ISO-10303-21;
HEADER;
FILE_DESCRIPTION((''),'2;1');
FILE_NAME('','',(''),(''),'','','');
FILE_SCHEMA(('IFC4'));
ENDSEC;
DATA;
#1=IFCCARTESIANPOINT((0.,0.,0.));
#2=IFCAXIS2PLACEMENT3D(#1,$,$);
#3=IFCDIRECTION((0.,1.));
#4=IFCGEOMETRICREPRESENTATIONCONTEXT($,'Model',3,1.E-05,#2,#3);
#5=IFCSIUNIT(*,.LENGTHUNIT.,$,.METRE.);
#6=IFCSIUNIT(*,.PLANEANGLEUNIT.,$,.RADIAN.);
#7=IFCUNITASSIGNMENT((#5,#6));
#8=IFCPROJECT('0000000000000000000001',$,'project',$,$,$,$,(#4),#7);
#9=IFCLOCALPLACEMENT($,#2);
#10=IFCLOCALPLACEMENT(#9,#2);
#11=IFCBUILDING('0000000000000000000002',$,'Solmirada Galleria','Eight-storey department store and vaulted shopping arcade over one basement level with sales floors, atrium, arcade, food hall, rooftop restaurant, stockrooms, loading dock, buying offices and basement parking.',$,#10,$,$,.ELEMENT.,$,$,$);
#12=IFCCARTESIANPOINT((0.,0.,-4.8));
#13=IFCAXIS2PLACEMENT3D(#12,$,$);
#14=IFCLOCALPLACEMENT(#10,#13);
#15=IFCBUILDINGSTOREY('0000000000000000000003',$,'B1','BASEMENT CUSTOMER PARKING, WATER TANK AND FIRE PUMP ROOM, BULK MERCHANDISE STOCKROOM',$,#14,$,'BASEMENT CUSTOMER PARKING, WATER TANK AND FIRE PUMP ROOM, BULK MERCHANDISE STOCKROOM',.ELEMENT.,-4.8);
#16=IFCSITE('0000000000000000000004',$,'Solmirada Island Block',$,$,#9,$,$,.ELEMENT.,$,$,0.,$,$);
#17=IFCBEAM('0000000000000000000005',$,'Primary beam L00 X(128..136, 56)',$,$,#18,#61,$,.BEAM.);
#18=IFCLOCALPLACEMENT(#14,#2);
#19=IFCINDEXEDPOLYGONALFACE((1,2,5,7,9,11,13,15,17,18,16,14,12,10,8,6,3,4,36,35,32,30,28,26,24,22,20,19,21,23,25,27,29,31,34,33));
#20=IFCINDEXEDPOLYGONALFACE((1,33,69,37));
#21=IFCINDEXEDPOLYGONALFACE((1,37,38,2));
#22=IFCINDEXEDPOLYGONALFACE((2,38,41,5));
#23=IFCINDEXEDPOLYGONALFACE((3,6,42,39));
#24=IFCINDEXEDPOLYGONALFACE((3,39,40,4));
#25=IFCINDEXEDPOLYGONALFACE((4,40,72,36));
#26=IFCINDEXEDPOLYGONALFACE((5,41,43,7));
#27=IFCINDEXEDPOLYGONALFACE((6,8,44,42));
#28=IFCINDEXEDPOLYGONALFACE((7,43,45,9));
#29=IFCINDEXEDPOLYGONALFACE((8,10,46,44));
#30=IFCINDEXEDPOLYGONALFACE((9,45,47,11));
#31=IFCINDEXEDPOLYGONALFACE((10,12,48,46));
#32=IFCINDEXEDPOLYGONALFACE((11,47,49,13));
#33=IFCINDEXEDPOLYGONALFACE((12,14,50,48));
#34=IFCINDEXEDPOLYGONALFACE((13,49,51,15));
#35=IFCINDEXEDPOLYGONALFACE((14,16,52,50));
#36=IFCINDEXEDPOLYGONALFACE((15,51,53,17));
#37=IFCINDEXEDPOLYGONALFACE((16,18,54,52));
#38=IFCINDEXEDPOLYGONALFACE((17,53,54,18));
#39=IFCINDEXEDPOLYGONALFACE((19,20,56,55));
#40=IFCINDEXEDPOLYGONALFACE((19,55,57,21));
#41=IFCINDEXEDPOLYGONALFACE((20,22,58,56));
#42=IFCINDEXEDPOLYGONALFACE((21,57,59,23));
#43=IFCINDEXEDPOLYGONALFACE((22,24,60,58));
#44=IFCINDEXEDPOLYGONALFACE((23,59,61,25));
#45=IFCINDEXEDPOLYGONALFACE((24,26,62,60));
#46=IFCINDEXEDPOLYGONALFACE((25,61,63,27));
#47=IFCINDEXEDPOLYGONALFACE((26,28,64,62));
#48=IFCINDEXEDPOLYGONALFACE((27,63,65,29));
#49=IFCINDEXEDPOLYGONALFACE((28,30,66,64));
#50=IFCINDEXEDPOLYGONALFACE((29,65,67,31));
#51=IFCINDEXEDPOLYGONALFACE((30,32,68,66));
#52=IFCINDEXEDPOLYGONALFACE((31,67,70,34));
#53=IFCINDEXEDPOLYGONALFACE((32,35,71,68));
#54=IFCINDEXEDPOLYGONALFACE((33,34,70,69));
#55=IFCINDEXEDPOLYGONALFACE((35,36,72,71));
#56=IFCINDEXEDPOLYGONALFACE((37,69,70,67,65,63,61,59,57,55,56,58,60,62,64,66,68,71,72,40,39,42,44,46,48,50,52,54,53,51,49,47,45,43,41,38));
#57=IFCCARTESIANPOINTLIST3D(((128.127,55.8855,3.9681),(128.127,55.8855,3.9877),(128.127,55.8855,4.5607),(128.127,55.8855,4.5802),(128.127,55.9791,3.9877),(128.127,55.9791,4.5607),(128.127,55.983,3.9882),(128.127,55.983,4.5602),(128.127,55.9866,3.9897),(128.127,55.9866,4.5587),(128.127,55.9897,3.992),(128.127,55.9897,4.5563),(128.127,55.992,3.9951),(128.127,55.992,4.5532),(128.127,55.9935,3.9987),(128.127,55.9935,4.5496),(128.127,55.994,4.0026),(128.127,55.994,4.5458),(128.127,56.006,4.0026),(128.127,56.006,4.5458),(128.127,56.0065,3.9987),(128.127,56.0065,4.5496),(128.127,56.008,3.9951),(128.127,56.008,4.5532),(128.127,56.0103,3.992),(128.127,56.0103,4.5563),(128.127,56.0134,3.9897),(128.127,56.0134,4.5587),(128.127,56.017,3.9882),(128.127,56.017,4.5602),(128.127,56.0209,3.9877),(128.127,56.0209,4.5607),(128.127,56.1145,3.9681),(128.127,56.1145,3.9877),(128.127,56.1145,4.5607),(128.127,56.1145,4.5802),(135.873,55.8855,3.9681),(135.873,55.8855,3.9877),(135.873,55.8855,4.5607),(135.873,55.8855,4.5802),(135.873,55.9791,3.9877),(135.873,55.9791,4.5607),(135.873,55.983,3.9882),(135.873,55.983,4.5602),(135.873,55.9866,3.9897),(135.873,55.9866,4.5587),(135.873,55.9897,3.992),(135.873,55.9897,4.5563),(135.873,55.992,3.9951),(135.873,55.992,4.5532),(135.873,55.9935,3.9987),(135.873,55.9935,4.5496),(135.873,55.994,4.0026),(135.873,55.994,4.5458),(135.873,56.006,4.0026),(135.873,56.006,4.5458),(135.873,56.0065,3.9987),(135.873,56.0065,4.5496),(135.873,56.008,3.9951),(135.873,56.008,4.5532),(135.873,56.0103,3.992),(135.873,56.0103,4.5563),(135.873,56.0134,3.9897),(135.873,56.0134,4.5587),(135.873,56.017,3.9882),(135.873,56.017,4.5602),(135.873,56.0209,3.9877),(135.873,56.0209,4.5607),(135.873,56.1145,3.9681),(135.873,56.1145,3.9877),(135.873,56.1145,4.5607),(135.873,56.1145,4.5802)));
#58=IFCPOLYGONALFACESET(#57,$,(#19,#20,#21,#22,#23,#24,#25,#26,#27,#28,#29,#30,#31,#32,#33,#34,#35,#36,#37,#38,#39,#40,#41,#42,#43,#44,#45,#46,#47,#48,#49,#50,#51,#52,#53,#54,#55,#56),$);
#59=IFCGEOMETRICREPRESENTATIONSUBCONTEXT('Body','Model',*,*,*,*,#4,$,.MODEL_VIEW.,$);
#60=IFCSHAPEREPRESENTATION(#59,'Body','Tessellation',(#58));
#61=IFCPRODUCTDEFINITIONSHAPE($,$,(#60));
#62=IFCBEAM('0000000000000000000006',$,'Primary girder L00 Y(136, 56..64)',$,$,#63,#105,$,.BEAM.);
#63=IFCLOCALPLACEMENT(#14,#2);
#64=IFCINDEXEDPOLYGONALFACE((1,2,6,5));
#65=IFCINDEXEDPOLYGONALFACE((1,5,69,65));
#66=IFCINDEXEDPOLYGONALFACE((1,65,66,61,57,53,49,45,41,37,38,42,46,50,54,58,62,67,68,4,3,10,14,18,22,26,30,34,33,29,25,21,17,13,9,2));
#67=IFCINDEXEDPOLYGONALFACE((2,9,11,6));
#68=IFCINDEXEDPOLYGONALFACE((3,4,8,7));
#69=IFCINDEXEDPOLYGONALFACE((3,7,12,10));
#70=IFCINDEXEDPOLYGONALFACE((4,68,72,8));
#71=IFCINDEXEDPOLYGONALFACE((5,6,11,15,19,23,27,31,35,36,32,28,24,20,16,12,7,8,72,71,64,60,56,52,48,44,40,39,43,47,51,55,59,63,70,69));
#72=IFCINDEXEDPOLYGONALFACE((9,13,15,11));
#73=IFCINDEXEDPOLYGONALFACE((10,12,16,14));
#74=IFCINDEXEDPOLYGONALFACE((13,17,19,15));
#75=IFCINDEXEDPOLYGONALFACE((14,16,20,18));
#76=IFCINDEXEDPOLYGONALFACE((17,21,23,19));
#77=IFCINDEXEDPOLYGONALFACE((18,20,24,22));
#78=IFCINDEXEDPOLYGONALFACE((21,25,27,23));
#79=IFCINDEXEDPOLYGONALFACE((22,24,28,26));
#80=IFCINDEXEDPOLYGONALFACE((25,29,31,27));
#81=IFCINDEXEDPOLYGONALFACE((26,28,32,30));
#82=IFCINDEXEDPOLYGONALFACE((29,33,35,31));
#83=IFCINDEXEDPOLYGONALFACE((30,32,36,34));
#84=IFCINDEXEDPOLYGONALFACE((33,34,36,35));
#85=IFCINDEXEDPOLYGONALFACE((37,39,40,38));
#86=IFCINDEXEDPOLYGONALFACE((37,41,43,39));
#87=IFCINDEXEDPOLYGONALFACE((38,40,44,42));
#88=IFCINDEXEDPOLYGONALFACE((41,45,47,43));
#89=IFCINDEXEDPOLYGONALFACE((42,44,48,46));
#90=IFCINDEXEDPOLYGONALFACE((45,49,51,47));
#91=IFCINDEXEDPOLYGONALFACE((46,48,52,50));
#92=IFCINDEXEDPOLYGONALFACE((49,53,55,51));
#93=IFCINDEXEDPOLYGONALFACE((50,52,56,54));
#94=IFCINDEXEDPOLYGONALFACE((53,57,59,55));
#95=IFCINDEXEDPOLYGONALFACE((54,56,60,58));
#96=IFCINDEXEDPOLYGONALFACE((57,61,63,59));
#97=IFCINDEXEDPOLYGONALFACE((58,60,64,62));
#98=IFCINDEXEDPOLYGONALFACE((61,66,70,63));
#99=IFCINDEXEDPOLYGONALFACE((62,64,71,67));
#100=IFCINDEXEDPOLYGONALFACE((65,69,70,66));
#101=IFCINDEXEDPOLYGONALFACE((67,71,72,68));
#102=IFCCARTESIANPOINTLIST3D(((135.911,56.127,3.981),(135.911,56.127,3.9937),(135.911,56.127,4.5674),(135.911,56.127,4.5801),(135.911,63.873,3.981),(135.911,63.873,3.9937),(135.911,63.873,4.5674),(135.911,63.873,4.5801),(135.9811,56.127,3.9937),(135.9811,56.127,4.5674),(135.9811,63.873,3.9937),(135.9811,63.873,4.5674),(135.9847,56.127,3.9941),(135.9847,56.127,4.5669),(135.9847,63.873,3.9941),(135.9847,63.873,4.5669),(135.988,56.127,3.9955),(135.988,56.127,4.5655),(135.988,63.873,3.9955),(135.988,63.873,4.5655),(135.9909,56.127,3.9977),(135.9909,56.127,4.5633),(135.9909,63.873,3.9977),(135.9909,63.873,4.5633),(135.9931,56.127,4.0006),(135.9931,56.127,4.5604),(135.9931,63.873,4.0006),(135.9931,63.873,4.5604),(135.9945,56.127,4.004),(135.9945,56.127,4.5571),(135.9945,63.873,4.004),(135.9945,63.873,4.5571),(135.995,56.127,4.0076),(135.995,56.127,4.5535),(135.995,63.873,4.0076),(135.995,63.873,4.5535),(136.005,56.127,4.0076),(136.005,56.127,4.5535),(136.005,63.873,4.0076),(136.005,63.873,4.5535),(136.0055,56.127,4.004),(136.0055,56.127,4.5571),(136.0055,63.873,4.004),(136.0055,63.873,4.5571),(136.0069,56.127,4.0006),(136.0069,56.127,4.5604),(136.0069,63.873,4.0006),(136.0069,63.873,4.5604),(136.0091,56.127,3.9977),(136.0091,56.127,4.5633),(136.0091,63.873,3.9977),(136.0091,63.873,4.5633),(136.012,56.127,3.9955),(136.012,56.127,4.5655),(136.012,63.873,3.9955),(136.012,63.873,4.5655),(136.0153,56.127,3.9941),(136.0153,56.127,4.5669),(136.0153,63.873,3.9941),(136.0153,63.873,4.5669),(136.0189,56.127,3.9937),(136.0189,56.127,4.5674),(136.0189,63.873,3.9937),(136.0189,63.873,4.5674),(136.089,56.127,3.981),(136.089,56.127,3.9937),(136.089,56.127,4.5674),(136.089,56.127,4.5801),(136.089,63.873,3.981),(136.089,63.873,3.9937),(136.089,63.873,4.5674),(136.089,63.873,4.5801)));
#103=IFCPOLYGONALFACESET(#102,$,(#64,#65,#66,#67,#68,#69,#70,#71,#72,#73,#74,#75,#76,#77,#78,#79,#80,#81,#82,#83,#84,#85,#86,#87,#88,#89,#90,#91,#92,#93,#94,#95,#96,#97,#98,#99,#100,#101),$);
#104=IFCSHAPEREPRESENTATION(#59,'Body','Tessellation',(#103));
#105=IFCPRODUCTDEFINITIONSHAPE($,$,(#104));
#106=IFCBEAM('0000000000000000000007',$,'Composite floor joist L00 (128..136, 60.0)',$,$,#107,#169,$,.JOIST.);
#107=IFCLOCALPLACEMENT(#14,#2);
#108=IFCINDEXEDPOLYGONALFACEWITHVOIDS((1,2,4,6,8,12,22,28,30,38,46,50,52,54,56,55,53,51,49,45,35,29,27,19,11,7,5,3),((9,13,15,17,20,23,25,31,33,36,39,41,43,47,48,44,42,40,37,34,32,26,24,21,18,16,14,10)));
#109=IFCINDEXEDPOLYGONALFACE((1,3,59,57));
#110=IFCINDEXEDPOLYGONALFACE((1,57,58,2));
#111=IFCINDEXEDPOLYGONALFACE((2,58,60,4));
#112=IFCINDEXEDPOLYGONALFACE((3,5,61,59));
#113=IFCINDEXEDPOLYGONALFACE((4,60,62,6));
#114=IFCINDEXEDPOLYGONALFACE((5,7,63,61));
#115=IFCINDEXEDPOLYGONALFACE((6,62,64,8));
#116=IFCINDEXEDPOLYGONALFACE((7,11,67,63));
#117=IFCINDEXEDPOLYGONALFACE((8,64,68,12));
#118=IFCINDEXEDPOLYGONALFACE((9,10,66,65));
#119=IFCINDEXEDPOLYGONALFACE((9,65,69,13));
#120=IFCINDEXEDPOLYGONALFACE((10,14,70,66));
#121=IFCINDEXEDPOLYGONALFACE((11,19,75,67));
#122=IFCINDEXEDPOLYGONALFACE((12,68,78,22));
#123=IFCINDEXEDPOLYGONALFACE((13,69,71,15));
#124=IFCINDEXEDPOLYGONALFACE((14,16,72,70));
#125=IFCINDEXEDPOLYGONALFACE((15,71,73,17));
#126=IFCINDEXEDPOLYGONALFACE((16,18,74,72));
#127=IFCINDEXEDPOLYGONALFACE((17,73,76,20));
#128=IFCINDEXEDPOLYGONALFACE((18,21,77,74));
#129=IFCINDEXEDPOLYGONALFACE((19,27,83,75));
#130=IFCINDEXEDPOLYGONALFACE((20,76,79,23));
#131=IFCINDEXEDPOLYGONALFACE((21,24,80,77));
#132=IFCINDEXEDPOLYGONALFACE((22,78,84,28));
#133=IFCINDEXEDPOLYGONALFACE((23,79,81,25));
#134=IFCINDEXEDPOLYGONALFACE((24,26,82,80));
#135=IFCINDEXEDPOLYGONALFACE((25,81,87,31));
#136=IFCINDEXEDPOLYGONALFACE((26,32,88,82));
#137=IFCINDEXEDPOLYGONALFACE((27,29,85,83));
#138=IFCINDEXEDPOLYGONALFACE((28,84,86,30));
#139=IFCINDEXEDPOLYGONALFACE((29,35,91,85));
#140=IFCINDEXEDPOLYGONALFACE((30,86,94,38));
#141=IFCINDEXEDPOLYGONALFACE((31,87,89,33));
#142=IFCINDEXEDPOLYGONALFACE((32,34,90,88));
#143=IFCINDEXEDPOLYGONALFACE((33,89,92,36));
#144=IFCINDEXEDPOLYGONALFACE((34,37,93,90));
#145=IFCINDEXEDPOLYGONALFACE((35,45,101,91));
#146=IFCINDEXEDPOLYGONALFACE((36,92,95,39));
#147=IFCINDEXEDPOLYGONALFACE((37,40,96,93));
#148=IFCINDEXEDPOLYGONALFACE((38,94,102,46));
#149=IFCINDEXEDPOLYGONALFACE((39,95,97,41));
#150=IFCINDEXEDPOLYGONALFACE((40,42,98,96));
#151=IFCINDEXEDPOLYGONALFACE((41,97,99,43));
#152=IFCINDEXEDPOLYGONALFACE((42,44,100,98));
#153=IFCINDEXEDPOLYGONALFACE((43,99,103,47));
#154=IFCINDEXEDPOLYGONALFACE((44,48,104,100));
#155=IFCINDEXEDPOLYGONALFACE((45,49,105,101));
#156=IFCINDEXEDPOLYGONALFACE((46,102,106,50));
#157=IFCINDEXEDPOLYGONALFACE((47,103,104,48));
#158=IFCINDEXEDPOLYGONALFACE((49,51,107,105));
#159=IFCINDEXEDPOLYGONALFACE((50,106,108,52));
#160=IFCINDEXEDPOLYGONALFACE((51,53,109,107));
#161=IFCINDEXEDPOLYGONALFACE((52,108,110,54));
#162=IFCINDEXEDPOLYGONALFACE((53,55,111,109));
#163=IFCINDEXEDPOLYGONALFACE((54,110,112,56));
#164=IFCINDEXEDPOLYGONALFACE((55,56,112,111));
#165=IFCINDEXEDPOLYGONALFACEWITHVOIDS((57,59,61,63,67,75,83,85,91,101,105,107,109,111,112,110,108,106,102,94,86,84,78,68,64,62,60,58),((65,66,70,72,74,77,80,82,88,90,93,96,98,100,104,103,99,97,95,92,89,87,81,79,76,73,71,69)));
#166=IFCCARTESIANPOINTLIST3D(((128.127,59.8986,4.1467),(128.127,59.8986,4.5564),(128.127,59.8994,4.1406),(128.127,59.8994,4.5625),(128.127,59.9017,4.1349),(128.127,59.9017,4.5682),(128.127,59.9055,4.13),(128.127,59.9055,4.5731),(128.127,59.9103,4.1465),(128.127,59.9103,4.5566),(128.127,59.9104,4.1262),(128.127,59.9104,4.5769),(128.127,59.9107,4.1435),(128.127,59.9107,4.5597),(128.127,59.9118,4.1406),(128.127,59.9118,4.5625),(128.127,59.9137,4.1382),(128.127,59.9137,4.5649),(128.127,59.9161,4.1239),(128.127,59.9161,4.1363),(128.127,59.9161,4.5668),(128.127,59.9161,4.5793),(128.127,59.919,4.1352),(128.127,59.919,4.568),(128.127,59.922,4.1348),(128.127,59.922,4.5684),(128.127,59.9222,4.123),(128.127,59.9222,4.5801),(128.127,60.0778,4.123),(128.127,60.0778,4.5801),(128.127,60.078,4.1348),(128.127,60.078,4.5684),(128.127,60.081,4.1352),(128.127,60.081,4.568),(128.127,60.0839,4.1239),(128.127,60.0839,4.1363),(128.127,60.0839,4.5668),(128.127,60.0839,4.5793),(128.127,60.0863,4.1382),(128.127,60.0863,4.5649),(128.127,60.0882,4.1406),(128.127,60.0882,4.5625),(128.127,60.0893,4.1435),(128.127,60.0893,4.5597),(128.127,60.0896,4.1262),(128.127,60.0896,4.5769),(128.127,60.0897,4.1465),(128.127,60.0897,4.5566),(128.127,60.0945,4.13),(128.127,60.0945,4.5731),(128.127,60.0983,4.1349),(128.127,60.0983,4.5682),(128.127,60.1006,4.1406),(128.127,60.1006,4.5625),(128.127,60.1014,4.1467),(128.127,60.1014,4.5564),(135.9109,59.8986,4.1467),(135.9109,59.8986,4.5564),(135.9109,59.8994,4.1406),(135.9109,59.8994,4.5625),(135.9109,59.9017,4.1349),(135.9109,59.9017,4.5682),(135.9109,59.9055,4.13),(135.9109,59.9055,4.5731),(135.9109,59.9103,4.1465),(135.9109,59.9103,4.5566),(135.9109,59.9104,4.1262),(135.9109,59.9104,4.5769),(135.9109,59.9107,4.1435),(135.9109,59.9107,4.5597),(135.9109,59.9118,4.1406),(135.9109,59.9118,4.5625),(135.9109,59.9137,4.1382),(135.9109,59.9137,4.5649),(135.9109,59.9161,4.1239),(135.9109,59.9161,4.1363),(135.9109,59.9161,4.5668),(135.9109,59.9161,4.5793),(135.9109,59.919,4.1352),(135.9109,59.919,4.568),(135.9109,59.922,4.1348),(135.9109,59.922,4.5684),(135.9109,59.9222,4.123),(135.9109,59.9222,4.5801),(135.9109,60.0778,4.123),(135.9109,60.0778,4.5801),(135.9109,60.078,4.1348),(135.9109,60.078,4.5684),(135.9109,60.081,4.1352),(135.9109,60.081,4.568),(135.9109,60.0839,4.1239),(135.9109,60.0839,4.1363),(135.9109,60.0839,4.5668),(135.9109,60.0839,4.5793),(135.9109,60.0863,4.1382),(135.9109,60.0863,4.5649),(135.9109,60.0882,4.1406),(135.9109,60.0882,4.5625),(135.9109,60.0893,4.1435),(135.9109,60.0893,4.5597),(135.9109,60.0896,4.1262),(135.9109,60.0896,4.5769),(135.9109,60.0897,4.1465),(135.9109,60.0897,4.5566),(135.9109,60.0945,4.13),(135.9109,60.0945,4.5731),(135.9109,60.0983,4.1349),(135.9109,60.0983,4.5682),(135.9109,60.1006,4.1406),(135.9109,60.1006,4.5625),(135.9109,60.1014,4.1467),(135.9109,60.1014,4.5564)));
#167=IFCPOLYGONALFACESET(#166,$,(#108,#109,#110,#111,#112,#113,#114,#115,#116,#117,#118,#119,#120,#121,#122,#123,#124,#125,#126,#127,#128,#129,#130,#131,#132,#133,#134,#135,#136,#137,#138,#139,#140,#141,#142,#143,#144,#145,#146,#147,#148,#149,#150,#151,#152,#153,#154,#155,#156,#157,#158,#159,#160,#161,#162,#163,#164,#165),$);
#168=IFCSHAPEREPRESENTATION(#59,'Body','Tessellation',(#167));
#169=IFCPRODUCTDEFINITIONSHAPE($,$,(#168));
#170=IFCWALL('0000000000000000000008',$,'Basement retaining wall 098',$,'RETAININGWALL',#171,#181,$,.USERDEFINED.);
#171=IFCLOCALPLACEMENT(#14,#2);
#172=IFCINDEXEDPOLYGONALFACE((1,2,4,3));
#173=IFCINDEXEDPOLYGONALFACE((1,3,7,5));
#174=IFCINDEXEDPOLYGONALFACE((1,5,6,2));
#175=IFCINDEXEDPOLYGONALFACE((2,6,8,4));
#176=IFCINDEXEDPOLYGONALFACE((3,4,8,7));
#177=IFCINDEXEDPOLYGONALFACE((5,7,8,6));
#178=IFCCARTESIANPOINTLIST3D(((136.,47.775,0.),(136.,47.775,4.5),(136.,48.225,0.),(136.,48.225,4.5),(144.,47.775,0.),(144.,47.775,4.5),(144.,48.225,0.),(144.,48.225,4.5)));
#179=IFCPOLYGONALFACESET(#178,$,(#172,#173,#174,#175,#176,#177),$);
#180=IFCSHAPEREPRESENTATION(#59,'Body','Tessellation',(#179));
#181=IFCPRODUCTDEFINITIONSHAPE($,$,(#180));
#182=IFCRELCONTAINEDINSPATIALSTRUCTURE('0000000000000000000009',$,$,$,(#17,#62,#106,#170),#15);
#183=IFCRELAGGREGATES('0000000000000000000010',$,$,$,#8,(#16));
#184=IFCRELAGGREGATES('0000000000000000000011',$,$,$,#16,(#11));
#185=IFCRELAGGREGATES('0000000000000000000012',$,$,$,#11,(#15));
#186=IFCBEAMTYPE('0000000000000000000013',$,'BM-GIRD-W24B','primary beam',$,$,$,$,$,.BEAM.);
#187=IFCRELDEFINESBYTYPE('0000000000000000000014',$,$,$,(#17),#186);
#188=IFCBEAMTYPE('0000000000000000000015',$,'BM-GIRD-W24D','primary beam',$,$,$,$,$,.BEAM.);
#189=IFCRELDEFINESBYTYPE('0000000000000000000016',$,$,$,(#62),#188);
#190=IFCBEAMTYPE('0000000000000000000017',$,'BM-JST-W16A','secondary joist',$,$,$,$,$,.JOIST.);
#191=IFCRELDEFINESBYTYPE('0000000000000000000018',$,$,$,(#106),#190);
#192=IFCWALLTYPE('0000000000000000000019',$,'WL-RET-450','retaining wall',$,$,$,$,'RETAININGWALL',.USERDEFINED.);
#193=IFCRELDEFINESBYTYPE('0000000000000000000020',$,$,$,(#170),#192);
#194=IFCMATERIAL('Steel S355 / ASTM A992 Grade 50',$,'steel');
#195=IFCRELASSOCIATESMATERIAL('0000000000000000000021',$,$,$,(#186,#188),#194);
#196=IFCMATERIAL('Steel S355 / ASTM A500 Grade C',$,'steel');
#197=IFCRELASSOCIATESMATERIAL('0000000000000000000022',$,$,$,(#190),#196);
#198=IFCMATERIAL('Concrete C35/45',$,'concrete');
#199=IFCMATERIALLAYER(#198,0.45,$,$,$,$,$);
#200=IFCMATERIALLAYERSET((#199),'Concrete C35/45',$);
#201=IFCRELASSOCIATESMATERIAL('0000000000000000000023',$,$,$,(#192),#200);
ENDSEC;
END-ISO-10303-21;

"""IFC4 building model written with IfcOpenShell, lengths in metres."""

from ifc_helpers import new_model, si_unit, direction, frame, frame_2d, origin, origin_2d, place, context, subcontext, project, spatial, rectangle, hollow_rectangle, i_section, extrude, material, layer, layer_set, material_profile, profile_set, type_object, element, save


model = new_model("IFC4")

# Units and contexts
model_context = context("Model", 3, precision=1e-05, world=origin(), true_north=direction((0.0, 1.0)))
body_context = subcontext(model_context, "Body", "Model", "MODEL_VIEW")
ifc_project = project(units=[si_unit("LENGTHUNIT", "METRE"), si_unit("PLANEANGLEUNIT", "RADIAN")], contexts=[model_context])

# Site, building, storey
site_placement = place(None, origin())
site = spatial("IfcSite", under=ifc_project, at=site_placement, Name="Solmirada Island Block", CompositionType="ELEMENT", RefElevation=0.0)
building_placement = place(site_placement, origin())
building = spatial("IfcBuilding", under=site, at=building_placement, Name="Solmirada Galleria", Description="Eight-storey department store and vaulted shopping arcade over one basement level with sales floors, atrium, arcade, food hall, rooftop restaurant, stockrooms, loading dock, buying offices and basement parking.", CompositionType="ELEMENT")
storey_placement = place(building_placement, frame((0.0, 0.0, -4.8)))
storey = spatial("IfcBuildingStorey", under=building, at=storey_placement, Name="B1", Description="BASEMENT CUSTOMER PARKING, WATER TANK AND FIRE PUMP ROOM, BULK MERCHANDISE STOCKROOM", LongName="BASEMENT CUSTOMER PARKING, WATER TANK AND FIRE PUMP ROOM, BULK MERCHANDISE STOCKROOM", CompositionType="ELEMENT", Elevation=-4.8)

# Shared definitions
ifc_material_1 = material(Name="Concrete C35/45", Category="concrete")

# Shared definitions
ifc_material_2 = material(Name="Steel S355 / ASTM A500 Grade C", Category="steel")

# Beams
ifc_material_3 = material(Name="Steel S355 / ASTM A992 Grade 50", Category="steel")
ifc_material_profile_1 = material_profile(ifc_material_3, i_section(OverallWidth=0.229, OverallDepth=0.6121, WebThickness=0.012, FlangeThickness=0.0195, FilletRadius=0.0149, at=origin_2d()), Name="W24X84")
ifc_profile_set_1 = profile_set([ifc_material_profile_1], Name="Steel S355 / ASTM A992 Grade 50")
beam_type_1 = type_object("IfcBeamType", Name="BM-GIRD-W24B", Description="primary beam", PredefinedType="BEAM", material=ifc_profile_set_1)
beam_1_placement = place(storey_placement, frame((128.127, 56.0, 4.2742), z_axis=(1.0, 0.0, 0.0), x_axis=(0.0, 1.0, 0.0)))
element("IfcBeam", 1, at=beam_1_placement, inside=storey, type_object=beam_type_1, Name="Primary beam L00 X(128..136, 56)", PredefinedType="BEAM", context=body_context, shape_type="SweptSolid", body=[
    extrude(i_section(OverallWidth=0.229, OverallDepth=0.6121, WebThickness=0.012, FlangeThickness=0.0195, FilletRadius=0.0149, at=origin_2d()), origin(), (0.0, 0.0, 1.0), 7.7461),
])
ifc_material_profile_2 = material_profile(ifc_material_3, i_section(OverallWidth=0.178, OverallDepth=0.5991, WebThickness=0.01, FlangeThickness=0.0127, FilletRadius=0.0139, at=origin_2d()), Name="W24X55")
ifc_profile_set_2 = profile_set([ifc_material_profile_2], Name="Steel S355 / ASTM A992 Grade 50")
beam_type_2 = type_object("IfcBeamType", Name="BM-GIRD-W24D", Description="primary beam", PredefinedType="BEAM", material=ifc_profile_set_2)
beam_2_placement = place(storey_placement, frame((136.0, 56.127, 4.2805), z_axis=(0.0, 1.0, 0.0), x_axis=(-1.0, 0.0, 0.0)))
element("IfcBeam", 2, at=beam_2_placement, inside=storey, type_object=beam_type_2, Name="Primary girder L00 Y(136, 56..64)", PredefinedType="BEAM", context=body_context, shape_type="SweptSolid", body=[
    extrude(i_section(OverallWidth=0.178, OverallDepth=0.5991, WebThickness=0.01, FlangeThickness=0.0127, FilletRadius=0.0139, at=origin_2d()), origin(), (0.0, 0.0, 1.0), 7.7461),
])
ifc_material_profile_3 = material_profile(ifc_material_2, hollow_rectangle(XDim=0.2029, YDim=0.457, WallThickness=0.0117, InnerFilletRadius=0.0117, OuterFilletRadius=0.0237, at=origin_2d()), Name="HSS18X8X1/2")
ifc_profile_set_3 = profile_set([ifc_material_profile_3], Name="Steel S355 / ASTM A500 Grade C")
beam_type_3 = type_object("IfcBeamType", Name="BM-JST-W16A", Description="secondary joist", PredefinedType="JOIST", material=ifc_profile_set_3)
beam_3_placement = place(storey_placement, frame((128.127, 60.0, 4.3516), z_axis=(1.0, 0.0, 0.0), x_axis=(0.0, 1.0, 0.0)))
element("IfcBeam", 3, at=beam_3_placement, inside=storey, type_object=beam_type_3, Name="Composite floor joist L00 (128..136, 60.0)", PredefinedType="JOIST", context=body_context, shape_type="SweptSolid", body=[
    extrude(hollow_rectangle(XDim=0.2029, YDim=0.457, WallThickness=0.0117, InnerFilletRadius=0.0117, OuterFilletRadius=0.0237, at=origin_2d()), origin(), (0.0, 0.0, 1.0), 7.7839),
])

# Wall
ifc_layer_1 = layer(ifc_material_1, 0.45)
ifc_layer_set_1 = layer_set([ifc_layer_1], Name="Concrete C35/45")
wall_type = type_object("IfcWallType", Name="WL-RET-450", Description="retaining wall", ElementType="RETAININGWALL", PredefinedType="USERDEFINED", material=ifc_layer_set_1)
wall_placement = place(storey_placement, frame((136.0, 48.0, 0.0), z_axis=(0.0, 0.0, 1.0), x_axis=(1.0, 0.0, 0.0)))
element("IfcWall", 4, at=wall_placement, inside=storey, type_object=wall_type, Name="Basement retaining wall 098", ObjectType="RETAININGWALL", PredefinedType="USERDEFINED", context=body_context, shape_type="SweptSolid", body=[
    extrude(rectangle(XDim=8.0, YDim=0.45, at=frame_2d((4.0, 0.0))), origin(), (0.0, 0.0, 1.0), 4.5),
])

save(model, "model.ifc")
